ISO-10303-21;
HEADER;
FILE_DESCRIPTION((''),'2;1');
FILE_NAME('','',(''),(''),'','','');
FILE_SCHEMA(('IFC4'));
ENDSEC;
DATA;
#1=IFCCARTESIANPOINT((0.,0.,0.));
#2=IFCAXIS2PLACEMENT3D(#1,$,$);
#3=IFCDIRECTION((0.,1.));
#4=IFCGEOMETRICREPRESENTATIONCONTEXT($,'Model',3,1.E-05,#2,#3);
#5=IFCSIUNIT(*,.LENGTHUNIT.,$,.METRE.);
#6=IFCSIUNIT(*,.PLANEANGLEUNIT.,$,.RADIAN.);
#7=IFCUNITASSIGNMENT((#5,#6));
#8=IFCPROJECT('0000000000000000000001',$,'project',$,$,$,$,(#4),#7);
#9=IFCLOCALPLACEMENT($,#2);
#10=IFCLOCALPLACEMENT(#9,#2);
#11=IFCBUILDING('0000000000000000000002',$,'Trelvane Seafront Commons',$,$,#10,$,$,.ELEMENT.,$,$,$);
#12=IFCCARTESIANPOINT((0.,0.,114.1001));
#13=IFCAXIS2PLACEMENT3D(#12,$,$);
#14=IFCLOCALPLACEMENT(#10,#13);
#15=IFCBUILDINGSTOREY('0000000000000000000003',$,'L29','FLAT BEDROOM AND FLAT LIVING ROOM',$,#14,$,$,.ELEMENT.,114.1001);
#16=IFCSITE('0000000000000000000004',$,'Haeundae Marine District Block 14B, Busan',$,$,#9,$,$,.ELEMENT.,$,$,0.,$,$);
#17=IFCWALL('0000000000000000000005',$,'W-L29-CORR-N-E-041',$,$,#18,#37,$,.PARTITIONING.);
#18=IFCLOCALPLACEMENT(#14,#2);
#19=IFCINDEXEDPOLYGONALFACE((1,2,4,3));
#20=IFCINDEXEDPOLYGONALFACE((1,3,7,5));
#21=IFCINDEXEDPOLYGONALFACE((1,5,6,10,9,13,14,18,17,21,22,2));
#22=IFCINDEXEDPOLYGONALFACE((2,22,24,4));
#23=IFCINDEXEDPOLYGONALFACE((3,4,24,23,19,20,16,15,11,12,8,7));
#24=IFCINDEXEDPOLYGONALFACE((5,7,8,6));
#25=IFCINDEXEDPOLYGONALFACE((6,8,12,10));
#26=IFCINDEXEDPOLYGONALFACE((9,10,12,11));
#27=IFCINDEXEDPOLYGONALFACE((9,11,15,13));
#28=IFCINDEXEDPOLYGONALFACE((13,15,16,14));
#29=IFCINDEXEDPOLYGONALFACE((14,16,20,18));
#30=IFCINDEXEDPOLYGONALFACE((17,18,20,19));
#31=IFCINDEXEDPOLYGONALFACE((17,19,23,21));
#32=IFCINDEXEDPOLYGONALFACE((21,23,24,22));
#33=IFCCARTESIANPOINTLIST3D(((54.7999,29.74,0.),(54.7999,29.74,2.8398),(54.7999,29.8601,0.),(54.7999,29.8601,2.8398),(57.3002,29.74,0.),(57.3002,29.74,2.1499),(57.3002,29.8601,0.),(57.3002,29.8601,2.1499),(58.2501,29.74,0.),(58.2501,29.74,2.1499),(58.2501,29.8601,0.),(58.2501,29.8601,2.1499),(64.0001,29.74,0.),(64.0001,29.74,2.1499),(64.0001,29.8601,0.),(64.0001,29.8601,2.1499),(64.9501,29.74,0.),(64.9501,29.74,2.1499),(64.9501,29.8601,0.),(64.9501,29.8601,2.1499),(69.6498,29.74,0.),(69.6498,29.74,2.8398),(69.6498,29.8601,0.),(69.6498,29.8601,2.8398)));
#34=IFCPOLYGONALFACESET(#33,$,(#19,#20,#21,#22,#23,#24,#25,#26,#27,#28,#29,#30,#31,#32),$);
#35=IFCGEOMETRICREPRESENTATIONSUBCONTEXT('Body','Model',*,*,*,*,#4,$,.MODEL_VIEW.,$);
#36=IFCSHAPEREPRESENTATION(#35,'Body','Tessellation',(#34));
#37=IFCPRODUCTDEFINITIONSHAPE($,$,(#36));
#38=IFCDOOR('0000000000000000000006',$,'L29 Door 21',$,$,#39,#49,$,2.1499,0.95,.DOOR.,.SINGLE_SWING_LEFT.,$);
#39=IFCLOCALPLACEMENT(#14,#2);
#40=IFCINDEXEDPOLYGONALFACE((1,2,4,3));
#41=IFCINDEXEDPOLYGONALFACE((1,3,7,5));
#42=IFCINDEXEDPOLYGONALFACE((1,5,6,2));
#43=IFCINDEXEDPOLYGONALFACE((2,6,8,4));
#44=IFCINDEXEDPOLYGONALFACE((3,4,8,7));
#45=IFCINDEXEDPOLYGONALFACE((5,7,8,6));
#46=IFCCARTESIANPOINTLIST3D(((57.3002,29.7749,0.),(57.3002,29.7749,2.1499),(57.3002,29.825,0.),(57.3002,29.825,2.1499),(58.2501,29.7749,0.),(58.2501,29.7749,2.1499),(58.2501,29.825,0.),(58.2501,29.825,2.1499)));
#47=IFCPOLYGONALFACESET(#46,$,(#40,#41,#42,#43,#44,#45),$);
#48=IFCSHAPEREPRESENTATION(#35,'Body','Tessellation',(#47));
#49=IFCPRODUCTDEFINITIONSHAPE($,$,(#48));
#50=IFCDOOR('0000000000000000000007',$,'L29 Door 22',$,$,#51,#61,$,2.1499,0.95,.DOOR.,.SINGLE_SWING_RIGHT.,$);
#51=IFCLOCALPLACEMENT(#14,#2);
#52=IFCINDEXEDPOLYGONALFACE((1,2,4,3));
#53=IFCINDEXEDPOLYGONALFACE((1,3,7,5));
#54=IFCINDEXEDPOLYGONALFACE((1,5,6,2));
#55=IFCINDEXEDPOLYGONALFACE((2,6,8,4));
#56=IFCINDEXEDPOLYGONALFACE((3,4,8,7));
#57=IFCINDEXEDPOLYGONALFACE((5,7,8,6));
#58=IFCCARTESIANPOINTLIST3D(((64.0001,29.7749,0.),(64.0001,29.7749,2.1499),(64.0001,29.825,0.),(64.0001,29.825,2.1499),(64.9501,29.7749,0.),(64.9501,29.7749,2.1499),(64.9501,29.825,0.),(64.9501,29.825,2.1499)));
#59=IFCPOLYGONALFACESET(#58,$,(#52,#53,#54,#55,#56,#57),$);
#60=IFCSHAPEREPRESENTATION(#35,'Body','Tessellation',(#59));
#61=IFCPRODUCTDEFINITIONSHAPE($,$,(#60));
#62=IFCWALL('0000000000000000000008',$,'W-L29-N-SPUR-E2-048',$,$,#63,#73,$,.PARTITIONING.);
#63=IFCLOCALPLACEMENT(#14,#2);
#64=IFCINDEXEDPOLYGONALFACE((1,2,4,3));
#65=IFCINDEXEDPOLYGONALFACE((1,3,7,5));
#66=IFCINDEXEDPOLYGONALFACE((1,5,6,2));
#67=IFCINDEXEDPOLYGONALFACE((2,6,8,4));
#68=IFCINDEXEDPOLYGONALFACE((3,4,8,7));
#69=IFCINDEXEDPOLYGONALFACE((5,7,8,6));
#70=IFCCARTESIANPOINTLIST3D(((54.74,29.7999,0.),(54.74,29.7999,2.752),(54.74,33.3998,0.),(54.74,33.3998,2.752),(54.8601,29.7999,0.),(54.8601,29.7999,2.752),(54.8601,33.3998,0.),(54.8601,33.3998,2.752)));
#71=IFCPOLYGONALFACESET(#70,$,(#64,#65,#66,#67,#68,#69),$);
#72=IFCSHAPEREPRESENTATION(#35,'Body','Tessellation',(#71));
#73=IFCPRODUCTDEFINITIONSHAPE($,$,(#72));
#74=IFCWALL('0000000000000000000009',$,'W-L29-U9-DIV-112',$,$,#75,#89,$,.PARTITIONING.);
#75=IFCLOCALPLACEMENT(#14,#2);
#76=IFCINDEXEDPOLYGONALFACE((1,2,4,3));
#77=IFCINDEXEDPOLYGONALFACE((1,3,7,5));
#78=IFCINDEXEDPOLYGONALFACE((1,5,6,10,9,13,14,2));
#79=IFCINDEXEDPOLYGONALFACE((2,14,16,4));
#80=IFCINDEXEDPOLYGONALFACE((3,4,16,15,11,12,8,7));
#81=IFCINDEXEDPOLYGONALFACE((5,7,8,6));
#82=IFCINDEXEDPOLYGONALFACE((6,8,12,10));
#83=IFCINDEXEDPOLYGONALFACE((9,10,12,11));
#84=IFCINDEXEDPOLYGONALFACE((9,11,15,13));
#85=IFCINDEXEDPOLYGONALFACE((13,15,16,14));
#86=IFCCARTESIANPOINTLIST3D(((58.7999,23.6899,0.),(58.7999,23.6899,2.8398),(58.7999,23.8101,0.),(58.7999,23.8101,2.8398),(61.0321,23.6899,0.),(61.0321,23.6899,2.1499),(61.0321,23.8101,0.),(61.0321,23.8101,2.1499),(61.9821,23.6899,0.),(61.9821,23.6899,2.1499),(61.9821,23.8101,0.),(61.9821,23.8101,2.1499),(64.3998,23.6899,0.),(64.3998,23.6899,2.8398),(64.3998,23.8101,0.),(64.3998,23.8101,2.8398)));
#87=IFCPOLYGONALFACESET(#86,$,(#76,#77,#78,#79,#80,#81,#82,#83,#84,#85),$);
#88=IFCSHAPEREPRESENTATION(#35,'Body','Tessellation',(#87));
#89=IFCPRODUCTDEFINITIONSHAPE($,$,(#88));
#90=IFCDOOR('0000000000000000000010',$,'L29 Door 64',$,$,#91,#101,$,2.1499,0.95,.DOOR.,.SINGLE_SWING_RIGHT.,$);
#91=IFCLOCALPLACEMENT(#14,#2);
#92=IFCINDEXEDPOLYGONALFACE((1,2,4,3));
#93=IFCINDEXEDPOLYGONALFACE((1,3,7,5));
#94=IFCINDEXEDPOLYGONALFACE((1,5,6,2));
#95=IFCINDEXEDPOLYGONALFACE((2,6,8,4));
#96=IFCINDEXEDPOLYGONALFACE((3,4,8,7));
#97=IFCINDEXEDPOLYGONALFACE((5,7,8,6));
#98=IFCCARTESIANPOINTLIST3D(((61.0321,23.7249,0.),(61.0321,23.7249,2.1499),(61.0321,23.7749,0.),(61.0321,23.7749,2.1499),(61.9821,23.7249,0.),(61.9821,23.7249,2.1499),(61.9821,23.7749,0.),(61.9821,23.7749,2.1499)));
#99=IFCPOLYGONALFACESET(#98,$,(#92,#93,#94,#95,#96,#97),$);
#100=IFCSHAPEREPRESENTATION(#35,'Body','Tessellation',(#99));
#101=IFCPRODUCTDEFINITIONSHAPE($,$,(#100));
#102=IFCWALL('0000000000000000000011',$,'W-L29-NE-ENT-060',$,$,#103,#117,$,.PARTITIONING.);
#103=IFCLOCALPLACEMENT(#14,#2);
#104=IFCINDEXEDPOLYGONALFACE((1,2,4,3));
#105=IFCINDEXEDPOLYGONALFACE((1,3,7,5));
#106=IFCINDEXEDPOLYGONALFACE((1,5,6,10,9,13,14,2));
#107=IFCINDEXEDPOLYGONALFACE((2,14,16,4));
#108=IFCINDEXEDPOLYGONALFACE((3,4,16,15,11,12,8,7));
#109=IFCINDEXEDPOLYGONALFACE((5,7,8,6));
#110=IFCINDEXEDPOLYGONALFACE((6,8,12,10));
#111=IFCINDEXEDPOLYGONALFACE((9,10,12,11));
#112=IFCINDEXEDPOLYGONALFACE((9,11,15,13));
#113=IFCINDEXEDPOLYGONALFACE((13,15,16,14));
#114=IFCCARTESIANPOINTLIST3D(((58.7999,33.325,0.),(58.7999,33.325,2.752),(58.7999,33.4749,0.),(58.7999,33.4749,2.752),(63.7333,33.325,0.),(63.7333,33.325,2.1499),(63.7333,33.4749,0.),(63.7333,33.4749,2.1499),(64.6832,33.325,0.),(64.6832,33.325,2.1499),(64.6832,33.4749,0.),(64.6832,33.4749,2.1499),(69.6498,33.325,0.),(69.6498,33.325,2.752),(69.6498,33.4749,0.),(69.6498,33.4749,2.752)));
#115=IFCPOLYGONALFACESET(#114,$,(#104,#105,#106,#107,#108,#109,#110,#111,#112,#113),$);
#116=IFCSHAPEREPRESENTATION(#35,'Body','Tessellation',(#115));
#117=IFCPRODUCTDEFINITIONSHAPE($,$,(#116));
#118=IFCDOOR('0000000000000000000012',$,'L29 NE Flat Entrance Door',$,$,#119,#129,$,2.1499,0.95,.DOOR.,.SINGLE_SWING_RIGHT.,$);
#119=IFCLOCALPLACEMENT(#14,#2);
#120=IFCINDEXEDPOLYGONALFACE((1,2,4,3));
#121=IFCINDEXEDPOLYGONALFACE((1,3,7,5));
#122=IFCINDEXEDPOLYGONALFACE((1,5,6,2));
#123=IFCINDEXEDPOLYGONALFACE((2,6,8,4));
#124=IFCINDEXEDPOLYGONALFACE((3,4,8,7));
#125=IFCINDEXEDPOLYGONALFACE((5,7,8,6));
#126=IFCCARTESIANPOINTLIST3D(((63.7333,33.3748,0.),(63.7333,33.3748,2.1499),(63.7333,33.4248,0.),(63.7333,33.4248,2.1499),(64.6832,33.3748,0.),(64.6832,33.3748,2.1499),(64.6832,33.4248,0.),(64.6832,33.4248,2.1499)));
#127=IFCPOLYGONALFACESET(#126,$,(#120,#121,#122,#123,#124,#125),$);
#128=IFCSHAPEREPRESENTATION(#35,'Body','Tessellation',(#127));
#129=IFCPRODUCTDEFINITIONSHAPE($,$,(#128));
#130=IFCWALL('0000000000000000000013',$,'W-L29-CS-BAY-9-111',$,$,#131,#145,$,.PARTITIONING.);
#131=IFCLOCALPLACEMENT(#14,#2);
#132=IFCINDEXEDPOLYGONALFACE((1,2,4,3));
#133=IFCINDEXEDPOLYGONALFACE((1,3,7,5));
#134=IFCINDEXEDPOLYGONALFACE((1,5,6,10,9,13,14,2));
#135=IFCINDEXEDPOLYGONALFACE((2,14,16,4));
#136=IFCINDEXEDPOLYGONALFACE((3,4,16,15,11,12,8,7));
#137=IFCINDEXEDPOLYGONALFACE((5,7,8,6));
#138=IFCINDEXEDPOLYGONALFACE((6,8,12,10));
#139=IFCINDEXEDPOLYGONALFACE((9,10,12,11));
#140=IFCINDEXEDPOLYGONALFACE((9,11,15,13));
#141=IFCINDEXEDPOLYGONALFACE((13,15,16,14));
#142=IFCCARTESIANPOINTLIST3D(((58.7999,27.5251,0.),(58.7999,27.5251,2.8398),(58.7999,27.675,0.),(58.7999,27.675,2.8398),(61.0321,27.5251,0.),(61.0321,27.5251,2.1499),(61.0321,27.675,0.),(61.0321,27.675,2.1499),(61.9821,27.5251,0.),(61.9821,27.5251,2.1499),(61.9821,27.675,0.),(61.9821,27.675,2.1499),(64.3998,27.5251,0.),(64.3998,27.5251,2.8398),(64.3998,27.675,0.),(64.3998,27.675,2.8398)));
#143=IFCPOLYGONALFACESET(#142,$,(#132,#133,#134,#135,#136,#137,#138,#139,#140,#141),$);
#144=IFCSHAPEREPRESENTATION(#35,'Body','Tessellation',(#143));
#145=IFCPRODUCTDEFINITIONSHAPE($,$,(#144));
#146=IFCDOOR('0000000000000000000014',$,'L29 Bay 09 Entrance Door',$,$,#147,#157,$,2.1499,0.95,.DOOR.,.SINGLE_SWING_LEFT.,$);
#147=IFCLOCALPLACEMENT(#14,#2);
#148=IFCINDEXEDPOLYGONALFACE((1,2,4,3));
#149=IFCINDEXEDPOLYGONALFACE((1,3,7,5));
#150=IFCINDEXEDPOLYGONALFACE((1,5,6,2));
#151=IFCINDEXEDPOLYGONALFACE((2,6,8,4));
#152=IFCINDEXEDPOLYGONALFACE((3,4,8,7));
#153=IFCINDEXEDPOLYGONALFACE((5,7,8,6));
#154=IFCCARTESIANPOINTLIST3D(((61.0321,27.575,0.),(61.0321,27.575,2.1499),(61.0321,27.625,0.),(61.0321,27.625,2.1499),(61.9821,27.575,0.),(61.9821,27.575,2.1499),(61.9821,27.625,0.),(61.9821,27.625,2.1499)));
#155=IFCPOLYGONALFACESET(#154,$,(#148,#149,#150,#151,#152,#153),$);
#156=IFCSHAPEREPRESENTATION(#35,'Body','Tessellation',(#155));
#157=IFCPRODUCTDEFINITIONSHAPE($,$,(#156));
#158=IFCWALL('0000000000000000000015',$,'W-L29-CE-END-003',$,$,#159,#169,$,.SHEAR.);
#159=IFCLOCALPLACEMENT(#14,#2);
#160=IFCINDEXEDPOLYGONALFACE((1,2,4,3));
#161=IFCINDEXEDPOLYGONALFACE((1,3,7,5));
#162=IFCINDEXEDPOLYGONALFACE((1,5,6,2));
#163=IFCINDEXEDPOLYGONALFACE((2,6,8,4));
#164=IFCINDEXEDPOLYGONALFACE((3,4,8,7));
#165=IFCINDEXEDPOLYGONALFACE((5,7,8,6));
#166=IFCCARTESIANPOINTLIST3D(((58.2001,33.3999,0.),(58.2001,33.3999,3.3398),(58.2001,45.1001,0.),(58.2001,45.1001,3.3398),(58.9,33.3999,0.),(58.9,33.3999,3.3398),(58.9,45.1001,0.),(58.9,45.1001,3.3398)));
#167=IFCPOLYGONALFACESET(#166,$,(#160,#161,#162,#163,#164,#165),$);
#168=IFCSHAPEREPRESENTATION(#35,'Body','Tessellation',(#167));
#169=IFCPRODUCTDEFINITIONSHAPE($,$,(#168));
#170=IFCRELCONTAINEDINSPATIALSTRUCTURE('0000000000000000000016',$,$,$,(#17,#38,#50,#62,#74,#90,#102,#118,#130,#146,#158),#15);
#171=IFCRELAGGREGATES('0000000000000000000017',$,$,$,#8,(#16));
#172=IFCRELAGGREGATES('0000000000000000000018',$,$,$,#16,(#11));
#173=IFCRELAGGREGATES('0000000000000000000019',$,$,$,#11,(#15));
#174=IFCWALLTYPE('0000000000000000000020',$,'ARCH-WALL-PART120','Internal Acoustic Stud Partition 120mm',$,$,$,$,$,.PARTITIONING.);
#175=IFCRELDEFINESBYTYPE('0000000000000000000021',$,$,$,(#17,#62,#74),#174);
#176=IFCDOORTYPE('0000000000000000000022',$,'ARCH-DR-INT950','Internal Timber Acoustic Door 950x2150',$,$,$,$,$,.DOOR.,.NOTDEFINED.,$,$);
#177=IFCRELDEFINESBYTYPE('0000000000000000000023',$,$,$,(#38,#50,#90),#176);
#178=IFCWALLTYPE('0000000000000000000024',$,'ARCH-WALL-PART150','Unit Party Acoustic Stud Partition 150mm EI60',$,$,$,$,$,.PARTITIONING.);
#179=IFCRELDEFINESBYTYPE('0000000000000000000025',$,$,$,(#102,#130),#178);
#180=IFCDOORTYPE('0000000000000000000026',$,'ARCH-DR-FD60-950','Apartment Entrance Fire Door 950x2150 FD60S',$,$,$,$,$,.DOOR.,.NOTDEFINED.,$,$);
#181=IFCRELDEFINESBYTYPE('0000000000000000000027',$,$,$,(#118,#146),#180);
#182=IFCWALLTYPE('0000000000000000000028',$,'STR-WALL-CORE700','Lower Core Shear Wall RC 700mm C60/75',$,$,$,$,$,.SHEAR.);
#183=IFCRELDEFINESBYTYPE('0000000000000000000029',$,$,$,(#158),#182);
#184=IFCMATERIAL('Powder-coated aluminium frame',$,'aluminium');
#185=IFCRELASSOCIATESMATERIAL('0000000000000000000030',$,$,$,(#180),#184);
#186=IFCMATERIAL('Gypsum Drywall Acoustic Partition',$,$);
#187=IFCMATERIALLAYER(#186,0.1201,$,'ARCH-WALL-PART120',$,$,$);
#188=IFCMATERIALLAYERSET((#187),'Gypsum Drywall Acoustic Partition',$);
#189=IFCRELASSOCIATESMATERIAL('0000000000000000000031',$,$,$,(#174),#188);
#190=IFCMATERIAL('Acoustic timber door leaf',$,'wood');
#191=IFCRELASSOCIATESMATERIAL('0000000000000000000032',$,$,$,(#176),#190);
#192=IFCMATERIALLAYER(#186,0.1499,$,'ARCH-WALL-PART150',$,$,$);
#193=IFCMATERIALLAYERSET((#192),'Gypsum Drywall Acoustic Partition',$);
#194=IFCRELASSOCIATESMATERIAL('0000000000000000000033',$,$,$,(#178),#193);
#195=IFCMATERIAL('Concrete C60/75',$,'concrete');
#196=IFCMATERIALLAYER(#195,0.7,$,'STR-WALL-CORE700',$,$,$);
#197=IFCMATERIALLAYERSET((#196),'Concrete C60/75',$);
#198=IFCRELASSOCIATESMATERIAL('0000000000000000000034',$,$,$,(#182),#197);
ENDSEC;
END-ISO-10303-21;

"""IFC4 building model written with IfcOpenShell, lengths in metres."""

from ifc_helpers import new_model, si_unit, direction, frame, frame_2d, origin, place, context, subcontext, project, spatial, rectangle, extrude, source, transform, mapped, material, layer, layer_set, type_object, element, fill, save


model = new_model("IFC4")

# Units and contexts
model_context = context("Model", 3, precision=1e-05, world=origin(), true_north=direction((0.0, 1.0)))
body_context = subcontext(model_context, "Body", "Model", "MODEL_VIEW")
ifc_project = project(units=[si_unit("LENGTHUNIT", "METRE"), si_unit("PLANEANGLEUNIT", "RADIAN")], contexts=[model_context])

# Site, building, storey
site_placement = place(None, origin())
site = spatial("IfcSite", under=ifc_project, at=site_placement, Name="Haeundae Marine District Block 14B, Busan", CompositionType="ELEMENT", RefElevation=0.0)
building_placement = place(site_placement, origin())
building = spatial("IfcBuilding", under=site, at=building_placement, Name="Trelvane Seafront Commons", CompositionType="ELEMENT")
storey_placement = place(building_placement, frame((0.0, 0.0, 114.1001)))
storey = spatial("IfcBuildingStorey", under=building, at=storey_placement, Name="L29", Description="FLAT BEDROOM AND FLAT LIVING ROOM", CompositionType="ELEMENT", Elevation=114.1001)

# Shared definitions
ifc_material_1 = material(Name="Concrete C60/75", Category="concrete")

# Shared definitions
ifc_material_2 = material(Name="Powder-coated aluminium frame", Category="aluminium")
door_type_1 = type_object("IfcDoorType", Name="ARCH-DR-FD60-950", Description="Apartment Entrance Fire Door 950x2150 FD60S", OperationType="NOTDEFINED", PredefinedType="DOOR", material=ifc_material_2)
shared_shape_1 = source(origin(), body_context, "Body", "SweptSolid", [
    extrude(rectangle(XDim=0.95, YDim=2.1499, at=frame_2d((0.4751, 1.075))), frame((0.0, 0.0249, 0.0), z_axis=(0.0, -1.0, 0.0), x_axis=(1.0, 0.0, 0.0)), (0.0, 0.0, 1.0), 0.05),
])

# Wall, openings, doors
ifc_material_3 = material(Name="Gypsum Drywall Acoustic Partition")
ifc_layer_1 = layer(ifc_material_3, 0.1201, Name="ARCH-WALL-PART120")
ifc_layer_set_1 = layer_set([ifc_layer_1], Name="Gypsum Drywall Acoustic Partition")
wall_type_1 = type_object("IfcWallType", Name="ARCH-WALL-PART120", Description="Internal Acoustic Stud Partition 120mm", PredefinedType="PARTITIONING", material=ifc_layer_set_1)
wall_1_placement = place(storey_placement, frame((54.8, 29.8, 0.0), z_axis=(0.0, 0.0, 1.0), x_axis=(1.0, 0.0, 0.0)))
wall_1 = element("IfcWall", 1, at=wall_1_placement, inside=storey, type_object=wall_type_1, Name="W-L29-CORR-N-E-041", PredefinedType="PARTITIONING", context=body_context, shape_type="SweptSolid", body=[
    extrude(rectangle(XDim=14.8499, YDim=0.1201, at=frame_2d((7.4248, 0.0))), origin(), (0.0, 0.0, 1.0), 2.8398),
])
opening_1_placement = place(wall_1_placement, frame((2.5, 0.0, 0.0)))
opening_1 = element("IfcOpeningElement", 2, at=opening_1_placement, cuts=wall_1, PredefinedType="OPENING", context=body_context, shape_type="SweptSolid", body=[
    extrude(rectangle(XDim=0.95, YDim=2.1499, at=frame_2d((0.4751, 1.075))), frame((0.0, 0.0701, 0.0), z_axis=(0.0, -1.0, 0.0), x_axis=(1.0, 0.0, 0.0)), (0.0, 0.0, 1.0), 0.1401),
])
opening_2_placement = place(wall_1_placement, frame((9.2, 0.0, 0.0)))
opening_2 = element("IfcOpeningElement", 3, at=opening_2_placement, cuts=wall_1, PredefinedType="OPENING", context=body_context, shape_type="SweptSolid", body=[
    extrude(rectangle(XDim=0.95, YDim=2.1499, at=frame_2d((0.4751, 1.075))), frame((0.0, 0.0701, 0.0), z_axis=(0.0, -1.0, 0.0), x_axis=(1.0, 0.0, 0.0)), (0.0, 0.0, 1.0), 0.1401),
])
ifc_material_4 = material(Name="Acoustic timber door leaf", Category="wood")
door_type_2 = type_object("IfcDoorType", Name="ARCH-DR-INT950", Description="Internal Timber Acoustic Door 950x2150", OperationType="NOTDEFINED", PredefinedType="DOOR", material=ifc_material_4)
door_1_placement = place(opening_1_placement, origin())
door_1 = element("IfcDoor", 4, at=door_1_placement, inside=storey, type_object=door_type_2, Name="L29 Door 21", OperationType="SINGLE_SWING_LEFT", OverallHeight=2.1499, OverallWidth=0.95, PredefinedType="DOOR", context=body_context, shape_type="MappedRepresentation", body=[
    mapped(shared_shape_1, transform((0.0, 0.0, 0.0), x_axis=(1.0, 0.0, 0.0), y_axis=(0.0, 1.0, 0.0), z_axis=(0.0, 0.0, 1.0), scale=1.0)),
])
fill(opening_1, door_1)
door_2_placement = place(opening_2_placement, origin())
door_2 = element("IfcDoor", 5, at=door_2_placement, inside=storey, type_object=door_type_2, Name="L29 Door 22", OperationType="SINGLE_SWING_RIGHT", OverallHeight=2.1499, OverallWidth=0.95, PredefinedType="DOOR", context=body_context, shape_type="MappedRepresentation", body=[
    mapped(shared_shape_1, transform((0.0, 0.0, 0.0), x_axis=(1.0, 0.0, 0.0), y_axis=(0.0, 1.0, 0.0), z_axis=(0.0, 0.0, 1.0), scale=1.0)),
])
fill(opening_2, door_2)

# Wall
wall_2_placement = place(storey_placement, frame((54.8, 29.8, 0.0), z_axis=(0.0, 0.0, 1.0), x_axis=(0.0, 1.0, 0.0)))
element("IfcWall", 6, at=wall_2_placement, inside=storey, type_object=wall_type_1, Name="W-L29-N-SPUR-E2-048", PredefinedType="PARTITIONING", context=body_context, shape_type="SweptSolid", body=[
    extrude(rectangle(XDim=3.5999, YDim=0.1201, at=frame_2d((1.7998, 0.0))), origin(), (0.0, 0.0, 1.0), 2.752),
])

# Walls, openings, doors
wall_3_placement = place(storey_placement, frame((58.8, 23.75, 0.0), z_axis=(0.0, 0.0, 1.0), x_axis=(1.0, 0.0, 0.0)))
wall_3 = element("IfcWall", 7, at=wall_3_placement, inside=storey, type_object=wall_type_1, Name="W-L29-U9-DIV-112", PredefinedType="PARTITIONING", context=body_context, shape_type="SweptSolid", body=[
    extrude(rectangle(XDim=5.5999, YDim=0.1201, at=frame_2d((2.7998, 0.0))), origin(), (0.0, 0.0, 1.0), 2.8398),
])
opening_3_placement = place(wall_3_placement, frame((2.2319, 0.0, 0.0)))
opening_3 = element("IfcOpeningElement", 8, at=opening_3_placement, cuts=wall_3, PredefinedType="OPENING", context=body_context, shape_type="SweptSolid", body=[
    extrude(rectangle(XDim=0.95, YDim=2.1499, at=frame_2d((0.4751, 1.075))), frame((0.0, 0.0701, 0.0), z_axis=(0.0, -1.0, 0.0), x_axis=(1.0, 0.0, 0.0)), (0.0, 0.0, 1.0), 0.1401),
])
door_3_placement = place(opening_3_placement, origin())
door_3 = element("IfcDoor", 9, at=door_3_placement, inside=storey, type_object=door_type_2, Name="L29 Door 64", OperationType="SINGLE_SWING_RIGHT", OverallHeight=2.1499, OverallWidth=0.95, PredefinedType="DOOR", context=body_context, shape_type="MappedRepresentation", body=[
    mapped(shared_shape_1, transform((0.0, 0.0, 0.0), x_axis=(1.0, 0.0, 0.0), y_axis=(0.0, 1.0, 0.0), z_axis=(0.0, 0.0, 1.0), scale=1.0)),
])
fill(opening_3, door_3)
ifc_layer_2 = layer(ifc_material_3, 0.1499, Name="ARCH-WALL-PART150")
ifc_layer_set_2 = layer_set([ifc_layer_2], Name="Gypsum Drywall Acoustic Partition")
wall_type_2 = type_object("IfcWallType", Name="ARCH-WALL-PART150", Description="Unit Party Acoustic Stud Partition 150mm EI60", PredefinedType="PARTITIONING", material=ifc_layer_set_2)
wall_4_placement = place(storey_placement, frame((58.8, 33.3999, 0.0), z_axis=(0.0, 0.0, 1.0), x_axis=(1.0, 0.0, 0.0)))
wall_4 = element("IfcWall", 10, at=wall_4_placement, inside=storey, type_object=wall_type_2, Name="W-L29-NE-ENT-060", PredefinedType="PARTITIONING", context=body_context, shape_type="SweptSolid", body=[
    extrude(rectangle(XDim=10.8499, YDim=0.1499, at=frame_2d((5.4248, 0.0))), origin(), (0.0, 0.0, 1.0), 2.752),
])
opening_4_placement = place(wall_4_placement, frame((4.9331, 0.0, 0.0)))
opening_4 = element("IfcOpeningElement", 11, at=opening_4_placement, cuts=wall_4, PredefinedType="OPENING", context=body_context, shape_type="SweptSolid", body=[
    extrude(rectangle(XDim=0.95, YDim=2.1499, at=frame_2d((0.4751, 1.075))), frame((0.0, 0.085, 0.0), z_axis=(0.0, -1.0, 0.0), x_axis=(1.0, 0.0, 0.0)), (0.0, 0.0, 1.0), 0.1699),
])
door_4_placement = place(opening_4_placement, origin())
door_4 = element("IfcDoor", 12, at=door_4_placement, inside=storey, type_object=door_type_1, Name="L29 NE Flat Entrance Door", OperationType="SINGLE_SWING_RIGHT", OverallHeight=2.1499, OverallWidth=0.95, PredefinedType="DOOR", context=body_context, shape_type="MappedRepresentation", body=[
    mapped(shared_shape_1, transform((0.0, 0.0, 0.0), x_axis=(1.0, 0.0, 0.0), y_axis=(0.0, 1.0, 0.0), z_axis=(0.0, 0.0, 1.0), scale=1.0)),
])
fill(opening_4, door_4)
wall_5_placement = place(storey_placement, frame((58.8, 27.6001, 0.0), z_axis=(0.0, 0.0, 1.0), x_axis=(1.0, 0.0, 0.0)))
wall_5 = element("IfcWall", 13, at=wall_5_placement, inside=storey, type_object=wall_type_2, Name="W-L29-CS-BAY-9-111", PredefinedType="PARTITIONING", context=body_context, shape_type="SweptSolid", body=[
    extrude(rectangle(XDim=5.5999, YDim=0.1499, at=frame_2d((2.7998, 0.0))), origin(), (0.0, 0.0, 1.0), 2.8398),
])
opening_5_placement = place(wall_5_placement, frame((2.2319, 0.0, 0.0)))
opening_5 = element("IfcOpeningElement", 14, at=opening_5_placement, cuts=wall_5, PredefinedType="OPENING", context=body_context, shape_type="SweptSolid", body=[
    extrude(rectangle(XDim=0.95, YDim=2.1499, at=frame_2d((0.4751, 1.075))), frame((0.0, 0.085, 0.0), z_axis=(0.0, -1.0, 0.0), x_axis=(1.0, 0.0, 0.0)), (0.0, 0.0, 1.0), 0.1699),
])
door_5_placement = place(opening_5_placement, origin())
door_5 = element("IfcDoor", 15, at=door_5_placement, inside=storey, type_object=door_type_1, Name="L29 Bay 09 Entrance Door", OperationType="SINGLE_SWING_LEFT", OverallHeight=2.1499, OverallWidth=0.95, PredefinedType="DOOR", context=body_context, shape_type="MappedRepresentation", body=[
    mapped(shared_shape_1, transform((0.0, 0.0, 0.0), x_axis=(1.0, 0.0, 0.0), y_axis=(0.0, 1.0, 0.0), z_axis=(0.0, 0.0, 1.0), scale=1.0)),
])
fill(opening_5, door_5)

# Wall
ifc_layer_3 = layer(ifc_material_1, 0.7, Name="STR-WALL-CORE700")
ifc_layer_set_3 = layer_set([ifc_layer_3], Name="Concrete C60/75")
wall_type_3 = type_object("IfcWallType", Name="STR-WALL-CORE700", Description="Lower Core Shear Wall RC 700mm C60/75", PredefinedType="SHEAR", material=ifc_layer_set_3)
wall_6_placement = place(storey_placement, frame((58.55, 33.3999, 0.0), z_axis=(0.0, 0.0, 1.0), x_axis=(0.0, 1.0, 0.0)))
element("IfcWall", 16, at=wall_6_placement, inside=storey, type_object=wall_type_3, Name="W-L29-CE-END-003", PredefinedType="SHEAR", context=body_context, shape_type="SweptSolid", body=[
    extrude(rectangle(XDim=11.7002, YDim=0.7, at=frame_2d((5.8501, 0.0))), origin(), (0.0, 0.0, 1.0), 3.3398),
])

save(model, "model.ifc")
